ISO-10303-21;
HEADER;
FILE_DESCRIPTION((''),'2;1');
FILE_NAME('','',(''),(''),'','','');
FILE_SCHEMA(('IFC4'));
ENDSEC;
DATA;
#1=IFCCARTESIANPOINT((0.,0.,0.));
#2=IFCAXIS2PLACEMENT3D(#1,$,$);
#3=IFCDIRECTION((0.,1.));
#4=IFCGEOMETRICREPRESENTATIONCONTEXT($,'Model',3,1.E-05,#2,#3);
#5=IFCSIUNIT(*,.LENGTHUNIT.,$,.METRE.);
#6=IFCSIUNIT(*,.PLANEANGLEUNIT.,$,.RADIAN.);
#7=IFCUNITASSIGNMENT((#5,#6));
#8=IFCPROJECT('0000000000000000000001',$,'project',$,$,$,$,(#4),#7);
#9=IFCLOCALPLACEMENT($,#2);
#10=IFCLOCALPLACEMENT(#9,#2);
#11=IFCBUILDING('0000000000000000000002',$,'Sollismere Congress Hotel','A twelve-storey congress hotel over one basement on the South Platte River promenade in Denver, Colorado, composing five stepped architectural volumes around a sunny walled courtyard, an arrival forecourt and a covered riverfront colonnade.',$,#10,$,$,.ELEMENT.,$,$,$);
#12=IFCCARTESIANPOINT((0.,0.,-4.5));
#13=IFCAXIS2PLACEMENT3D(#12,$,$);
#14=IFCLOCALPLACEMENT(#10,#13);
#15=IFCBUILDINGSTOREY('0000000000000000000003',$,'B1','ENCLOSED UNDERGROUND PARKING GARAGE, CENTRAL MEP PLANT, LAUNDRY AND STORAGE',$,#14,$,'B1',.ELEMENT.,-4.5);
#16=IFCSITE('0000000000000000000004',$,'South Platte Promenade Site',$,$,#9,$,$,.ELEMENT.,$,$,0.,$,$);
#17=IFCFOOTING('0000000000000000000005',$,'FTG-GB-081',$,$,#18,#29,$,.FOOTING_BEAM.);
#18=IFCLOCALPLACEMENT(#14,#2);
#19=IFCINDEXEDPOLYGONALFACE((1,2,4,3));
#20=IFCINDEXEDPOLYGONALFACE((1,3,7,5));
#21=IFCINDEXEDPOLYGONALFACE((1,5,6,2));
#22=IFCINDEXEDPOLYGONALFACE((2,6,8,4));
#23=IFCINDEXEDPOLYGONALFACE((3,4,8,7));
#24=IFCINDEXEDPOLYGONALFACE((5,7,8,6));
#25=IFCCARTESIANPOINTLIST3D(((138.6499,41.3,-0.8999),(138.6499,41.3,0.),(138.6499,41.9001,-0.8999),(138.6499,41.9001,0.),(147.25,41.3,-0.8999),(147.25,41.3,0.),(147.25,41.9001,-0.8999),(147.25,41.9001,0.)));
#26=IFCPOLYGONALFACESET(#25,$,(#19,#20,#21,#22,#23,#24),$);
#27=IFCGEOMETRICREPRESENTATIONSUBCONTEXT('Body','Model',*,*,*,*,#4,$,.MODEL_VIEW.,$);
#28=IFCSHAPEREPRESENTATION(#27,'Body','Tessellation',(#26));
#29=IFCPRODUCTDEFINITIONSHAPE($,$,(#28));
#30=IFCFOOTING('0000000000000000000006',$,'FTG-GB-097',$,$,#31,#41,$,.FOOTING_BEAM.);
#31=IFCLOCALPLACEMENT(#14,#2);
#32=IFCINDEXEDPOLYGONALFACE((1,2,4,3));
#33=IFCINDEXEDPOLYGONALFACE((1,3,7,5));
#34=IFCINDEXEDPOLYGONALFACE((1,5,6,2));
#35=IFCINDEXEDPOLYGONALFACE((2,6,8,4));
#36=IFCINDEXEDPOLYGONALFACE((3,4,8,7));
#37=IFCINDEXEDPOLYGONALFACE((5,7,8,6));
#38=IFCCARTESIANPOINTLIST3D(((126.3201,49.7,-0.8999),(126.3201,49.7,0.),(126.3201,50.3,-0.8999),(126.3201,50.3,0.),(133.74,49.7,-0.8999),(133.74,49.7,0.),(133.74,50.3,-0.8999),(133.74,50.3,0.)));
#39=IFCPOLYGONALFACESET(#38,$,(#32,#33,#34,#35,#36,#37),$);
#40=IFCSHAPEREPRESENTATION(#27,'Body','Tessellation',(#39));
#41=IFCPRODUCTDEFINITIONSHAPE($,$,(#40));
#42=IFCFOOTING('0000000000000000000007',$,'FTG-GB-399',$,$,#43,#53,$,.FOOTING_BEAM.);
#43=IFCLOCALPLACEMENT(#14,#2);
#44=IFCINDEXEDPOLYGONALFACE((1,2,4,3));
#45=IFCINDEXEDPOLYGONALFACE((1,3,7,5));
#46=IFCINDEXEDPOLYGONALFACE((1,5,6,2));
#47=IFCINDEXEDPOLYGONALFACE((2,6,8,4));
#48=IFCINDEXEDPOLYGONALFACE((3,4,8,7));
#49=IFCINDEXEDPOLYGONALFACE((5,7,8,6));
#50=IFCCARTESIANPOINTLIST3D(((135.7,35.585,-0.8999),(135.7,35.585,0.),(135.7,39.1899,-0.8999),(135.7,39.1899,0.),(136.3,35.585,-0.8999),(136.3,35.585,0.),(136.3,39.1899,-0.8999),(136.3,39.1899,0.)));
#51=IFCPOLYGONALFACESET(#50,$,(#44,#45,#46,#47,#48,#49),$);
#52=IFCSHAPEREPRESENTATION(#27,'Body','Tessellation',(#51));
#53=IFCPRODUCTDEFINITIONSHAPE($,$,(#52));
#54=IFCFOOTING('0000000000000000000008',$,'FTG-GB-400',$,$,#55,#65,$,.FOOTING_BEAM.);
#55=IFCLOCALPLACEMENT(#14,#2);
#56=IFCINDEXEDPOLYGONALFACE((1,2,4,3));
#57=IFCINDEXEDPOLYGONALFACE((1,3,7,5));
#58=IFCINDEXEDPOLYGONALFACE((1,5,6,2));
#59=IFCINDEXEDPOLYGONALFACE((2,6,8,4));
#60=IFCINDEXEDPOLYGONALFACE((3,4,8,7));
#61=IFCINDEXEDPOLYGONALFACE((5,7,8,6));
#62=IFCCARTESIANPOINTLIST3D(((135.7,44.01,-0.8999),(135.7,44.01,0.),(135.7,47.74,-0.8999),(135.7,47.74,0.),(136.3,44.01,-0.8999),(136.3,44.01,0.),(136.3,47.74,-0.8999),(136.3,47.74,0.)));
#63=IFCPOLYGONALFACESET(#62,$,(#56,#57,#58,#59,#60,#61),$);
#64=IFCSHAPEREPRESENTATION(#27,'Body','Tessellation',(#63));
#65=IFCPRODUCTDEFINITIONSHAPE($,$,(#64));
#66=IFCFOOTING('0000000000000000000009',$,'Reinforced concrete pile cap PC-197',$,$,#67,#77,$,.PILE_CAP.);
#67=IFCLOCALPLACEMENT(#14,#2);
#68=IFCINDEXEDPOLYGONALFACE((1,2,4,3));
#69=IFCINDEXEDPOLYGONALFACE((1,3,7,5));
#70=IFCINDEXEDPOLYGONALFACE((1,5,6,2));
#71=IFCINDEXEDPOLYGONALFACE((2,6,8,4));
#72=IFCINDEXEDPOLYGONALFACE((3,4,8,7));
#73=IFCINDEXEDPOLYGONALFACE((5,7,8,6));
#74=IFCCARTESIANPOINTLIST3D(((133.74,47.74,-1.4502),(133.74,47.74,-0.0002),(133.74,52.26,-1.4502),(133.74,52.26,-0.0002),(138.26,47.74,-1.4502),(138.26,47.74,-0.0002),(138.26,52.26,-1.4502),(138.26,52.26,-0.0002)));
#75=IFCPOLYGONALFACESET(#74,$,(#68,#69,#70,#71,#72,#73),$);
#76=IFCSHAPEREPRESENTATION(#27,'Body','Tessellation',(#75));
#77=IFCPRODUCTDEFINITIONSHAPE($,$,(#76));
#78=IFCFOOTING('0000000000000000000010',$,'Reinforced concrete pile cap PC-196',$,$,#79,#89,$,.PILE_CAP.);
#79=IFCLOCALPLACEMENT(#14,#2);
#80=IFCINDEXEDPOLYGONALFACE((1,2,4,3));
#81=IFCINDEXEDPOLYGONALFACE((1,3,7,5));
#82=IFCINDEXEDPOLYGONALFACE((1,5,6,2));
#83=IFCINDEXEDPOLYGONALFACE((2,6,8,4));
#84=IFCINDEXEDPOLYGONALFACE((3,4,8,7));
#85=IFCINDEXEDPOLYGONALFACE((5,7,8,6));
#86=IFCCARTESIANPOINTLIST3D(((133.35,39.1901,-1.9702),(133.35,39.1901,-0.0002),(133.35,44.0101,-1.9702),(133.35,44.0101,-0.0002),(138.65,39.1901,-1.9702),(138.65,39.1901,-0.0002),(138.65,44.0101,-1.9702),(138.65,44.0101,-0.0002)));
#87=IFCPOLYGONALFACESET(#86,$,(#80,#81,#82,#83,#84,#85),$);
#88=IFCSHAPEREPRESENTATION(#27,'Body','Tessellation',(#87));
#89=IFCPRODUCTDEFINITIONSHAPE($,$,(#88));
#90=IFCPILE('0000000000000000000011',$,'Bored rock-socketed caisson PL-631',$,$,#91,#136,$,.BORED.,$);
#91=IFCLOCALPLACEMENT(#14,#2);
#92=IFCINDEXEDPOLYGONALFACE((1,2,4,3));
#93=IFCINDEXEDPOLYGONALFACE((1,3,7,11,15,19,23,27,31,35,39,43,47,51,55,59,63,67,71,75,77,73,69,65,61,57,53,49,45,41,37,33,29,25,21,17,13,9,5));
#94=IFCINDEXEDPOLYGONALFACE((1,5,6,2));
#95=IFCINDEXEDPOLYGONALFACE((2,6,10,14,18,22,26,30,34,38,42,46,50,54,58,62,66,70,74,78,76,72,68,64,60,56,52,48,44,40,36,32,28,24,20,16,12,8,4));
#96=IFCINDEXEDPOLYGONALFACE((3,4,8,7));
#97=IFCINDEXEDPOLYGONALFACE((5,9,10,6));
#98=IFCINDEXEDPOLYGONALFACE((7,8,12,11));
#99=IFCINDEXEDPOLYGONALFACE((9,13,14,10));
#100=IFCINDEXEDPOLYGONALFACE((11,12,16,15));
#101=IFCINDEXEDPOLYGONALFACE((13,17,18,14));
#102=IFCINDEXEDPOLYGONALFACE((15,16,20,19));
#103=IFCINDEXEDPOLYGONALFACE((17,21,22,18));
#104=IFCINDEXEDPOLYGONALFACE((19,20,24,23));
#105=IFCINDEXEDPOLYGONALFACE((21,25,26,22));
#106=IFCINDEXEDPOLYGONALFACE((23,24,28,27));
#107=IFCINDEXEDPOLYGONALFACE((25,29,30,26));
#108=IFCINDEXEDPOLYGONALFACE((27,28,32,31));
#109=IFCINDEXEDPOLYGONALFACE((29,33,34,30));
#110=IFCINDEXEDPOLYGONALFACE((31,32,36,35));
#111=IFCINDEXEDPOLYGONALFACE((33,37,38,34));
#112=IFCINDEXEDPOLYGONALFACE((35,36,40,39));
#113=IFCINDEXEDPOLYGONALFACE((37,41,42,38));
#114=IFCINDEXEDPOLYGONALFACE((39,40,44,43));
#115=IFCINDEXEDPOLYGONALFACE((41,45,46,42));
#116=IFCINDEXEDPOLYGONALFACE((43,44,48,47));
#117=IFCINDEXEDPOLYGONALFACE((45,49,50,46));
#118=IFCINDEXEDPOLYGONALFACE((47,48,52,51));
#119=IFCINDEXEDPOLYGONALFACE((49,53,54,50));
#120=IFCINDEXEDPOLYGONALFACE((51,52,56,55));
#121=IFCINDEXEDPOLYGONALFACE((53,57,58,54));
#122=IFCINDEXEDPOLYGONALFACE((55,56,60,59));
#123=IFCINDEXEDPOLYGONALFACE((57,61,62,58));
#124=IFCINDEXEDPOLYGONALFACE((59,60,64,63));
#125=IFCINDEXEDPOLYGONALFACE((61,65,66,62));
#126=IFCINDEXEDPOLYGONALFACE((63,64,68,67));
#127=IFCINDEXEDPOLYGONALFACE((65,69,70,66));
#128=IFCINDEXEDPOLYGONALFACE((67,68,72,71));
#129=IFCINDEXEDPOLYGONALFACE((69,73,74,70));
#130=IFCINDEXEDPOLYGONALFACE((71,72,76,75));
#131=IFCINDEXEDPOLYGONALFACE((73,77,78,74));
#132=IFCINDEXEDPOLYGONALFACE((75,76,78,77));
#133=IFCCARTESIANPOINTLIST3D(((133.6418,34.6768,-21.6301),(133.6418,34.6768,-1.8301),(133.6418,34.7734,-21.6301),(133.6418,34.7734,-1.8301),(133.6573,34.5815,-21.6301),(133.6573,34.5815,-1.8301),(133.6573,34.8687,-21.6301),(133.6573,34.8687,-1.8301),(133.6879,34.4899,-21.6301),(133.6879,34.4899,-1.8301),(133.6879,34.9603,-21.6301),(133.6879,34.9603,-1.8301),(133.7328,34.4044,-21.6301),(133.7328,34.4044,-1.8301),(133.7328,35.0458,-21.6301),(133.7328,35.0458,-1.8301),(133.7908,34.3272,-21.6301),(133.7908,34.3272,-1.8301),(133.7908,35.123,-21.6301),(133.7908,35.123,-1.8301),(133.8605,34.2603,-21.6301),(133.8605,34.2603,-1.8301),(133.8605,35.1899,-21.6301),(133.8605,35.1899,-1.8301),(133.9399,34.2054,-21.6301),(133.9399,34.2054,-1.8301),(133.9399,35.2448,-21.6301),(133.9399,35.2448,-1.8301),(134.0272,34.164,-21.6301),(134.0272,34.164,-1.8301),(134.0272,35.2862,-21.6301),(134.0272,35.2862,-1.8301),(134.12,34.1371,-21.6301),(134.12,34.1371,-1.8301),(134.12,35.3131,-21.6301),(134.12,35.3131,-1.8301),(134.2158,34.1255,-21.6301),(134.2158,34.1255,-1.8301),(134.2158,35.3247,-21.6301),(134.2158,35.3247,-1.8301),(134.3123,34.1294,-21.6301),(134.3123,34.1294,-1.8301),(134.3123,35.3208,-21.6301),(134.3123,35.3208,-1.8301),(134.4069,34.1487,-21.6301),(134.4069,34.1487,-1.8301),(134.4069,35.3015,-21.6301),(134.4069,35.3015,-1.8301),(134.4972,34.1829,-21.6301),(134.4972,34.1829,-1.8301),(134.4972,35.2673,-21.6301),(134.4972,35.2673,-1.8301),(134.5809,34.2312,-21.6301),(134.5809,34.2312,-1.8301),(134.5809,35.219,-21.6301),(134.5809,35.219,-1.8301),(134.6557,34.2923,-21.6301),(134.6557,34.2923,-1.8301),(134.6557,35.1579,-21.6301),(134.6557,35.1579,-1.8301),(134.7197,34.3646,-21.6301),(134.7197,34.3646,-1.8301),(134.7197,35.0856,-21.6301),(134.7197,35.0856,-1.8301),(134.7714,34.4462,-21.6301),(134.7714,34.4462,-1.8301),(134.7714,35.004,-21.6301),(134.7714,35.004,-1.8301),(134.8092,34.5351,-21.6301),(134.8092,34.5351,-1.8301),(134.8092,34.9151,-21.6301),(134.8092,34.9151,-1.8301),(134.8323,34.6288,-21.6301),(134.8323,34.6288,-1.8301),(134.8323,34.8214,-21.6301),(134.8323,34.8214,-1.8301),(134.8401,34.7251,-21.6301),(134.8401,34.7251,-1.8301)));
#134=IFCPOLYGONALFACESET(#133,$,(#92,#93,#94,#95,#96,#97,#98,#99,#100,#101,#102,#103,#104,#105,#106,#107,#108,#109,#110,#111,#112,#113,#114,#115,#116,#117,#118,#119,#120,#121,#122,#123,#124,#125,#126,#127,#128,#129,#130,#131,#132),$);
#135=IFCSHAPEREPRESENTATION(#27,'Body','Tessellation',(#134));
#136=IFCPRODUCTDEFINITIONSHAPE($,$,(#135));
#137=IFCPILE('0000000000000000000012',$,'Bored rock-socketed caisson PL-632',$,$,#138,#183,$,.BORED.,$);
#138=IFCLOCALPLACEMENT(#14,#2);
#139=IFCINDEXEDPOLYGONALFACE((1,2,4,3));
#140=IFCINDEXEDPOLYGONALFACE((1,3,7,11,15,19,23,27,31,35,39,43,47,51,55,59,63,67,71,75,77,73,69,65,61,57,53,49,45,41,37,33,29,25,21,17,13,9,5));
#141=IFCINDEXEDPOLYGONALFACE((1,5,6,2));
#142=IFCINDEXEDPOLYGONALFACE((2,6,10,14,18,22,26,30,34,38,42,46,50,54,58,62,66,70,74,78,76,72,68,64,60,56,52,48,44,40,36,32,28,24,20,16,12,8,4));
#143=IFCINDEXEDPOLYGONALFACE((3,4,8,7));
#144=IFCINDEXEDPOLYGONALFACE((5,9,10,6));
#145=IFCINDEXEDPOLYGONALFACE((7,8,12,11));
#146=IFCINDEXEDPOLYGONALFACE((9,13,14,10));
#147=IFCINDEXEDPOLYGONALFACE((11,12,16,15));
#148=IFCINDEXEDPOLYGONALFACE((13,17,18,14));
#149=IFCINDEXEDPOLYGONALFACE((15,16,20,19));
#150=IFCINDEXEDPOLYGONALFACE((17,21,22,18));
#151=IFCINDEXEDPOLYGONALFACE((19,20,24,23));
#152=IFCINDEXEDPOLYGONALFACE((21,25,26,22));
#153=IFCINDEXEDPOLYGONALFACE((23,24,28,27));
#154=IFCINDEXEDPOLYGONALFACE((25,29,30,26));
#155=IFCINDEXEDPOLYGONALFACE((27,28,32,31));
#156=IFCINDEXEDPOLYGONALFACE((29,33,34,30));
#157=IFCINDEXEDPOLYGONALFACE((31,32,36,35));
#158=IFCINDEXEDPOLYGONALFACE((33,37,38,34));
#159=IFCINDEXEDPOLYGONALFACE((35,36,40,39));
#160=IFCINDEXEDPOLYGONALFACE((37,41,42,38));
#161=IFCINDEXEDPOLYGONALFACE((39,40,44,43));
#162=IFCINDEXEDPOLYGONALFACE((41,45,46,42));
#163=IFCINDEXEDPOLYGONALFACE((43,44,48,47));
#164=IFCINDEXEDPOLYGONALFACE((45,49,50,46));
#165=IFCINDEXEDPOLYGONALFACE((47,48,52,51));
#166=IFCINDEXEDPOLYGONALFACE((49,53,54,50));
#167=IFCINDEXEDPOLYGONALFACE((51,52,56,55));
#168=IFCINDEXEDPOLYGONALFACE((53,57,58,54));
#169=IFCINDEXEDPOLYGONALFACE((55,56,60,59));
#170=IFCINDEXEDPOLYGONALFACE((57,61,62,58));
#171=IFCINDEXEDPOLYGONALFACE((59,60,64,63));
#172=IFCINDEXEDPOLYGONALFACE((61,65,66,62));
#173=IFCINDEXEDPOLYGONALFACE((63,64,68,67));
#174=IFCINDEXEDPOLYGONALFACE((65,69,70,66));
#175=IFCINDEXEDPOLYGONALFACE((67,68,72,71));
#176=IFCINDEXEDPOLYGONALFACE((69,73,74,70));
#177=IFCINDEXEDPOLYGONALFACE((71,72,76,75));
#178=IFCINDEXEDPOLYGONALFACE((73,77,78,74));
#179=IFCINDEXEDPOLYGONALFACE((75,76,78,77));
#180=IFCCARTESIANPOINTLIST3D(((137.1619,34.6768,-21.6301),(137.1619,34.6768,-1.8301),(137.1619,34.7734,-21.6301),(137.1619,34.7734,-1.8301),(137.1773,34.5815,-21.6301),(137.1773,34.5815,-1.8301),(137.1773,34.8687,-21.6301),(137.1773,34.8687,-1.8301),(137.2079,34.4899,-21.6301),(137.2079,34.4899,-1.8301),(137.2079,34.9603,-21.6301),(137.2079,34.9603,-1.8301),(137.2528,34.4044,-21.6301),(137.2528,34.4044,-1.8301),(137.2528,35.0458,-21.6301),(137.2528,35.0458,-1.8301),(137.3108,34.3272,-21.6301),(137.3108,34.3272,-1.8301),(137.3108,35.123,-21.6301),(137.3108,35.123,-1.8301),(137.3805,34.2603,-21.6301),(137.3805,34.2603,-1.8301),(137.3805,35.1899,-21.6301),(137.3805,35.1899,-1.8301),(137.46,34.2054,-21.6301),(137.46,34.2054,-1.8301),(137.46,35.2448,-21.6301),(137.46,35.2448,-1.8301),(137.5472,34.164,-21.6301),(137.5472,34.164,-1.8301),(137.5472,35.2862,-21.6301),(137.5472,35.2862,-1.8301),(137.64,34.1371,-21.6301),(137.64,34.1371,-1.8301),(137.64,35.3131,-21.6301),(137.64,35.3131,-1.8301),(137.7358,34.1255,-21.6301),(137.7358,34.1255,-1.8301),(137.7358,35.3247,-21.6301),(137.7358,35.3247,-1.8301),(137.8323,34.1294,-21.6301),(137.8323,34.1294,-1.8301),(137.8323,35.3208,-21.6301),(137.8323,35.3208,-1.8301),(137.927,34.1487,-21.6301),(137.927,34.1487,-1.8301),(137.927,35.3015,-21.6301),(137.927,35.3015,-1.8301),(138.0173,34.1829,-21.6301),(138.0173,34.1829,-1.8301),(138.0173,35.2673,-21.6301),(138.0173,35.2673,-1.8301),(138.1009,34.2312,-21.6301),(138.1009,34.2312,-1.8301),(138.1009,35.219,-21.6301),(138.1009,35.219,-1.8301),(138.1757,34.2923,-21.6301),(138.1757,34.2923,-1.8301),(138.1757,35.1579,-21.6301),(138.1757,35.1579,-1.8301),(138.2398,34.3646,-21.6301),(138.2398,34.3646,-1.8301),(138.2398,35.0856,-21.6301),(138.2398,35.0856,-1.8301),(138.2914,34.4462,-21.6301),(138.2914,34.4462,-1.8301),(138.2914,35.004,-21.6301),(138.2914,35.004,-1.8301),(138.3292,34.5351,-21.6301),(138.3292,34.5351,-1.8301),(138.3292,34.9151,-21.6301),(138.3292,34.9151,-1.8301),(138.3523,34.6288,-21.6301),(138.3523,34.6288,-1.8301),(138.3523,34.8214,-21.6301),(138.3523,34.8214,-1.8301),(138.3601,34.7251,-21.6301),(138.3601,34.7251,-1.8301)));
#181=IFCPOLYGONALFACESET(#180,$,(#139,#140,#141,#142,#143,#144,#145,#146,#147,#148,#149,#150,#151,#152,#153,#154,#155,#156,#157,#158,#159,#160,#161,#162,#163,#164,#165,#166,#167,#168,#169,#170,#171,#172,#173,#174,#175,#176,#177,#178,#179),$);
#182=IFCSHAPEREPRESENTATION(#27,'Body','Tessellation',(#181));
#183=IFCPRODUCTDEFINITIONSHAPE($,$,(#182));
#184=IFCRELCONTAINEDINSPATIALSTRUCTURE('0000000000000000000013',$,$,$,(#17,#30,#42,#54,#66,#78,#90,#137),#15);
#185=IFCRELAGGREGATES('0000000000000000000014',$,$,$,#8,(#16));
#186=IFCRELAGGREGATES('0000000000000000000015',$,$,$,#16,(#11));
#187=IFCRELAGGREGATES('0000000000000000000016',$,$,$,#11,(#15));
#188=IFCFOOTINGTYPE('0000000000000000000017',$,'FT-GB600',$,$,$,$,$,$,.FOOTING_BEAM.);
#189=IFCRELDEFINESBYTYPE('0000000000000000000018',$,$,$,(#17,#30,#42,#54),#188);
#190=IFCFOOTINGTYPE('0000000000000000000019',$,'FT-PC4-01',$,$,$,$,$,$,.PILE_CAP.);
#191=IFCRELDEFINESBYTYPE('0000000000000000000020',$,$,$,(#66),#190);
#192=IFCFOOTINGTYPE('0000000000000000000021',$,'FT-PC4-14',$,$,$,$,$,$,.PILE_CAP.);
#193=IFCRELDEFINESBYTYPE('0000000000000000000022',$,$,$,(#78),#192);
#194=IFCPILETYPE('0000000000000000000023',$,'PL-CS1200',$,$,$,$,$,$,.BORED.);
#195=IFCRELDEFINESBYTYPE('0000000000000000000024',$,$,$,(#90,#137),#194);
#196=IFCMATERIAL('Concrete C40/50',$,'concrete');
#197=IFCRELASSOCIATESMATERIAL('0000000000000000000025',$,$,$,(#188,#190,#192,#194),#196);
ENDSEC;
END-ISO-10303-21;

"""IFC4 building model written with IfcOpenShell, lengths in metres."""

from ifc_helpers import new_model, si_unit, direction, frame, origin, origin_2d, place, context, subcontext, project, spatial, rectangle, circle, extrude, material, material_profile, profile_set, type_object, element, save


model = new_model("IFC4")

# Units and contexts
model_context = context("Model", 3, precision=1e-05, world=origin(), true_north=direction((0.0, 1.0)))
body_context = subcontext(model_context, "Body", "Model", "MODEL_VIEW")
ifc_project = project(units=[si_unit("LENGTHUNIT", "METRE"), si_unit("PLANEANGLEUNIT", "RADIAN")], contexts=[model_context])

# Site, building, storey
site_placement = place(None, origin())
site = spatial("IfcSite", under=ifc_project, at=site_placement, Name="South Platte Promenade Site", CompositionType="ELEMENT", RefElevation=0.0)
building_placement = place(site_placement, origin())
building = spatial("IfcBuilding", under=site, at=building_placement, Name="Sollismere Congress Hotel", Description="A twelve-storey congress hotel over one basement on the South Platte River promenade in Denver, Colorado, composing five stepped architectural volumes around a sunny walled courtyard, an arrival forecourt and a covered riverfront colonnade.", CompositionType="ELEMENT")
storey_placement = place(building_placement, frame((0.0, 0.0, -4.5)))
storey = spatial("IfcBuildingStorey", under=building, at=storey_placement, Name="B1", Description="ENCLOSED UNDERGROUND PARKING GARAGE, CENTRAL MEP PLANT, LAUNDRY AND STORAGE", LongName="B1", CompositionType="ELEMENT", Elevation=-4.5)

# Footings
ifc_material_1 = material(Name="Concrete C40/50", Category="concrete")
footing_type_1 = type_object("IfcFootingType", Name="FT-GB600", PredefinedType="FOOTING_BEAM", material=ifc_material_1)
footing_1_placement = place(storey_placement, frame((142.95, 41.6001, -0.8999), z_axis=(0.0, 0.0, 1.0), x_axis=(1.0, 0.0, 0.0)))
element("IfcFooting", 1, at=footing_1_placement, inside=storey, type_object=footing_type_1, Name="FTG-GB-081", PredefinedType="FOOTING_BEAM", context=body_context, shape_type="SweptSolid", body=[
    extrude(rectangle(XDim=8.6001, YDim=0.6001, at=origin_2d()), origin(), (0.0, 0.0, 1.0), 0.8999),
])
footing_2_placement = place(storey_placement, frame((130.03, 50.0, -0.8999), z_axis=(0.0, 0.0, 1.0), x_axis=(1.0, 0.0, 0.0)))
element("IfcFooting", 2, at=footing_2_placement, inside=storey, type_object=footing_type_1, Name="FTG-GB-097", PredefinedType="FOOTING_BEAM", context=body_context, shape_type="SweptSolid", body=[
    extrude(rectangle(XDim=7.4199, YDim=0.6001, at=origin_2d()), origin(), (0.0, 0.0, 1.0), 0.8999),
])
footing_3_placement = place(storey_placement, frame((136.0, 37.3875, -0.8999), z_axis=(0.0, 0.0, 1.0), x_axis=(0.0, 1.0, 0.0)))
element("IfcFooting", 3, at=footing_3_placement, inside=storey, type_object=footing_type_1, Name="FTG-GB-399", PredefinedType="FOOTING_BEAM", context=body_context, shape_type="SweptSolid", body=[
    extrude(rectangle(XDim=3.605, YDim=0.6001, at=origin_2d()), origin(), (0.0, 0.0, 1.0), 0.8999),
])
footing_4_placement = place(storey_placement, frame((136.0, 45.875, -0.8999), z_axis=(0.0, 0.0, 1.0), x_axis=(0.0, 1.0, 0.0)))
element("IfcFooting", 4, at=footing_4_placement, inside=storey, type_object=footing_type_1, Name="FTG-GB-400", PredefinedType="FOOTING_BEAM", context=body_context, shape_type="SweptSolid", body=[
    extrude(rectangle(XDim=3.73, YDim=0.6001, at=origin_2d()), origin(), (0.0, 0.0, 1.0), 0.8999),
])
footing_type_2 = type_object("IfcFootingType", Name="FT-PC4-01", PredefinedType="PILE_CAP", material=ifc_material_1)
footing_5_placement = place(storey_placement, frame((136.0, 50.0, -1.4502), z_axis=(0.0, 0.0, 1.0), x_axis=(1.0, 0.0, 0.0)))
element("IfcFooting", 5, at=footing_5_placement, inside=storey, type_object=footing_type_2, Name="Reinforced concrete pile cap PC-197", PredefinedType="PILE_CAP", context=body_context, shape_type="SweptSolid", body=[
    extrude(rectangle(XDim=4.52, YDim=4.52, at=origin_2d()), origin(), (0.0, 0.0, 1.0), 1.45),
])
footing_type_3 = type_object("IfcFootingType", Name="FT-PC4-14", PredefinedType="PILE_CAP", material=ifc_material_1)
footing_6_placement = place(storey_placement, frame((136.0, 41.6001, -1.9702), z_axis=(0.0, 0.0, 1.0), x_axis=(1.0, 0.0, 0.0)))
element("IfcFooting", 6, at=footing_6_placement, inside=storey, type_object=footing_type_3, Name="Reinforced concrete pile cap PC-196", PredefinedType="PILE_CAP", context=body_context, shape_type="SweptSolid", body=[
    extrude(rectangle(XDim=5.3, YDim=4.8201, at=origin_2d()), origin(), (0.0, 0.0, 1.0), 1.97),
])

# Piles
ifc_material_profile_1 = material_profile(ifc_material_1, circle(Radius=0.6001, at=origin_2d()), Name="CAISSON1200")
ifc_profile_set_1 = profile_set([ifc_material_profile_1], Name="Concrete C40/50")
pile_type = type_object("IfcPileType", Name="PL-CS1200", PredefinedType="BORED", material=ifc_profile_set_1)
for number, where, z_axis, x_axis, name in (
    (7, (134.24, 34.7251, -1.8301), (0.0, 0.0, -1.0), (1.0, 0.0, 0.0), "Bored rock-socketed caisson PL-631"),
    (8, (137.76, 34.7251, -1.8301), (0.0, 0.0, -1.0), (1.0, 0.0, 0.0), "Bored rock-socketed caisson PL-632"),
):
    element("IfcPile", number, at=place(storey_placement, frame(where, z_axis=z_axis, x_axis=x_axis)), inside=storey, type_object=pile_type, Name=name, PredefinedType="BORED", context=body_context, shape_type="SweptSolid", body=[
        extrude(circle(Radius=0.6001, at=origin_2d()), origin(), (0.0, 0.0, 1.0), 19.8),
    ])

save(model, "model.ifc")
